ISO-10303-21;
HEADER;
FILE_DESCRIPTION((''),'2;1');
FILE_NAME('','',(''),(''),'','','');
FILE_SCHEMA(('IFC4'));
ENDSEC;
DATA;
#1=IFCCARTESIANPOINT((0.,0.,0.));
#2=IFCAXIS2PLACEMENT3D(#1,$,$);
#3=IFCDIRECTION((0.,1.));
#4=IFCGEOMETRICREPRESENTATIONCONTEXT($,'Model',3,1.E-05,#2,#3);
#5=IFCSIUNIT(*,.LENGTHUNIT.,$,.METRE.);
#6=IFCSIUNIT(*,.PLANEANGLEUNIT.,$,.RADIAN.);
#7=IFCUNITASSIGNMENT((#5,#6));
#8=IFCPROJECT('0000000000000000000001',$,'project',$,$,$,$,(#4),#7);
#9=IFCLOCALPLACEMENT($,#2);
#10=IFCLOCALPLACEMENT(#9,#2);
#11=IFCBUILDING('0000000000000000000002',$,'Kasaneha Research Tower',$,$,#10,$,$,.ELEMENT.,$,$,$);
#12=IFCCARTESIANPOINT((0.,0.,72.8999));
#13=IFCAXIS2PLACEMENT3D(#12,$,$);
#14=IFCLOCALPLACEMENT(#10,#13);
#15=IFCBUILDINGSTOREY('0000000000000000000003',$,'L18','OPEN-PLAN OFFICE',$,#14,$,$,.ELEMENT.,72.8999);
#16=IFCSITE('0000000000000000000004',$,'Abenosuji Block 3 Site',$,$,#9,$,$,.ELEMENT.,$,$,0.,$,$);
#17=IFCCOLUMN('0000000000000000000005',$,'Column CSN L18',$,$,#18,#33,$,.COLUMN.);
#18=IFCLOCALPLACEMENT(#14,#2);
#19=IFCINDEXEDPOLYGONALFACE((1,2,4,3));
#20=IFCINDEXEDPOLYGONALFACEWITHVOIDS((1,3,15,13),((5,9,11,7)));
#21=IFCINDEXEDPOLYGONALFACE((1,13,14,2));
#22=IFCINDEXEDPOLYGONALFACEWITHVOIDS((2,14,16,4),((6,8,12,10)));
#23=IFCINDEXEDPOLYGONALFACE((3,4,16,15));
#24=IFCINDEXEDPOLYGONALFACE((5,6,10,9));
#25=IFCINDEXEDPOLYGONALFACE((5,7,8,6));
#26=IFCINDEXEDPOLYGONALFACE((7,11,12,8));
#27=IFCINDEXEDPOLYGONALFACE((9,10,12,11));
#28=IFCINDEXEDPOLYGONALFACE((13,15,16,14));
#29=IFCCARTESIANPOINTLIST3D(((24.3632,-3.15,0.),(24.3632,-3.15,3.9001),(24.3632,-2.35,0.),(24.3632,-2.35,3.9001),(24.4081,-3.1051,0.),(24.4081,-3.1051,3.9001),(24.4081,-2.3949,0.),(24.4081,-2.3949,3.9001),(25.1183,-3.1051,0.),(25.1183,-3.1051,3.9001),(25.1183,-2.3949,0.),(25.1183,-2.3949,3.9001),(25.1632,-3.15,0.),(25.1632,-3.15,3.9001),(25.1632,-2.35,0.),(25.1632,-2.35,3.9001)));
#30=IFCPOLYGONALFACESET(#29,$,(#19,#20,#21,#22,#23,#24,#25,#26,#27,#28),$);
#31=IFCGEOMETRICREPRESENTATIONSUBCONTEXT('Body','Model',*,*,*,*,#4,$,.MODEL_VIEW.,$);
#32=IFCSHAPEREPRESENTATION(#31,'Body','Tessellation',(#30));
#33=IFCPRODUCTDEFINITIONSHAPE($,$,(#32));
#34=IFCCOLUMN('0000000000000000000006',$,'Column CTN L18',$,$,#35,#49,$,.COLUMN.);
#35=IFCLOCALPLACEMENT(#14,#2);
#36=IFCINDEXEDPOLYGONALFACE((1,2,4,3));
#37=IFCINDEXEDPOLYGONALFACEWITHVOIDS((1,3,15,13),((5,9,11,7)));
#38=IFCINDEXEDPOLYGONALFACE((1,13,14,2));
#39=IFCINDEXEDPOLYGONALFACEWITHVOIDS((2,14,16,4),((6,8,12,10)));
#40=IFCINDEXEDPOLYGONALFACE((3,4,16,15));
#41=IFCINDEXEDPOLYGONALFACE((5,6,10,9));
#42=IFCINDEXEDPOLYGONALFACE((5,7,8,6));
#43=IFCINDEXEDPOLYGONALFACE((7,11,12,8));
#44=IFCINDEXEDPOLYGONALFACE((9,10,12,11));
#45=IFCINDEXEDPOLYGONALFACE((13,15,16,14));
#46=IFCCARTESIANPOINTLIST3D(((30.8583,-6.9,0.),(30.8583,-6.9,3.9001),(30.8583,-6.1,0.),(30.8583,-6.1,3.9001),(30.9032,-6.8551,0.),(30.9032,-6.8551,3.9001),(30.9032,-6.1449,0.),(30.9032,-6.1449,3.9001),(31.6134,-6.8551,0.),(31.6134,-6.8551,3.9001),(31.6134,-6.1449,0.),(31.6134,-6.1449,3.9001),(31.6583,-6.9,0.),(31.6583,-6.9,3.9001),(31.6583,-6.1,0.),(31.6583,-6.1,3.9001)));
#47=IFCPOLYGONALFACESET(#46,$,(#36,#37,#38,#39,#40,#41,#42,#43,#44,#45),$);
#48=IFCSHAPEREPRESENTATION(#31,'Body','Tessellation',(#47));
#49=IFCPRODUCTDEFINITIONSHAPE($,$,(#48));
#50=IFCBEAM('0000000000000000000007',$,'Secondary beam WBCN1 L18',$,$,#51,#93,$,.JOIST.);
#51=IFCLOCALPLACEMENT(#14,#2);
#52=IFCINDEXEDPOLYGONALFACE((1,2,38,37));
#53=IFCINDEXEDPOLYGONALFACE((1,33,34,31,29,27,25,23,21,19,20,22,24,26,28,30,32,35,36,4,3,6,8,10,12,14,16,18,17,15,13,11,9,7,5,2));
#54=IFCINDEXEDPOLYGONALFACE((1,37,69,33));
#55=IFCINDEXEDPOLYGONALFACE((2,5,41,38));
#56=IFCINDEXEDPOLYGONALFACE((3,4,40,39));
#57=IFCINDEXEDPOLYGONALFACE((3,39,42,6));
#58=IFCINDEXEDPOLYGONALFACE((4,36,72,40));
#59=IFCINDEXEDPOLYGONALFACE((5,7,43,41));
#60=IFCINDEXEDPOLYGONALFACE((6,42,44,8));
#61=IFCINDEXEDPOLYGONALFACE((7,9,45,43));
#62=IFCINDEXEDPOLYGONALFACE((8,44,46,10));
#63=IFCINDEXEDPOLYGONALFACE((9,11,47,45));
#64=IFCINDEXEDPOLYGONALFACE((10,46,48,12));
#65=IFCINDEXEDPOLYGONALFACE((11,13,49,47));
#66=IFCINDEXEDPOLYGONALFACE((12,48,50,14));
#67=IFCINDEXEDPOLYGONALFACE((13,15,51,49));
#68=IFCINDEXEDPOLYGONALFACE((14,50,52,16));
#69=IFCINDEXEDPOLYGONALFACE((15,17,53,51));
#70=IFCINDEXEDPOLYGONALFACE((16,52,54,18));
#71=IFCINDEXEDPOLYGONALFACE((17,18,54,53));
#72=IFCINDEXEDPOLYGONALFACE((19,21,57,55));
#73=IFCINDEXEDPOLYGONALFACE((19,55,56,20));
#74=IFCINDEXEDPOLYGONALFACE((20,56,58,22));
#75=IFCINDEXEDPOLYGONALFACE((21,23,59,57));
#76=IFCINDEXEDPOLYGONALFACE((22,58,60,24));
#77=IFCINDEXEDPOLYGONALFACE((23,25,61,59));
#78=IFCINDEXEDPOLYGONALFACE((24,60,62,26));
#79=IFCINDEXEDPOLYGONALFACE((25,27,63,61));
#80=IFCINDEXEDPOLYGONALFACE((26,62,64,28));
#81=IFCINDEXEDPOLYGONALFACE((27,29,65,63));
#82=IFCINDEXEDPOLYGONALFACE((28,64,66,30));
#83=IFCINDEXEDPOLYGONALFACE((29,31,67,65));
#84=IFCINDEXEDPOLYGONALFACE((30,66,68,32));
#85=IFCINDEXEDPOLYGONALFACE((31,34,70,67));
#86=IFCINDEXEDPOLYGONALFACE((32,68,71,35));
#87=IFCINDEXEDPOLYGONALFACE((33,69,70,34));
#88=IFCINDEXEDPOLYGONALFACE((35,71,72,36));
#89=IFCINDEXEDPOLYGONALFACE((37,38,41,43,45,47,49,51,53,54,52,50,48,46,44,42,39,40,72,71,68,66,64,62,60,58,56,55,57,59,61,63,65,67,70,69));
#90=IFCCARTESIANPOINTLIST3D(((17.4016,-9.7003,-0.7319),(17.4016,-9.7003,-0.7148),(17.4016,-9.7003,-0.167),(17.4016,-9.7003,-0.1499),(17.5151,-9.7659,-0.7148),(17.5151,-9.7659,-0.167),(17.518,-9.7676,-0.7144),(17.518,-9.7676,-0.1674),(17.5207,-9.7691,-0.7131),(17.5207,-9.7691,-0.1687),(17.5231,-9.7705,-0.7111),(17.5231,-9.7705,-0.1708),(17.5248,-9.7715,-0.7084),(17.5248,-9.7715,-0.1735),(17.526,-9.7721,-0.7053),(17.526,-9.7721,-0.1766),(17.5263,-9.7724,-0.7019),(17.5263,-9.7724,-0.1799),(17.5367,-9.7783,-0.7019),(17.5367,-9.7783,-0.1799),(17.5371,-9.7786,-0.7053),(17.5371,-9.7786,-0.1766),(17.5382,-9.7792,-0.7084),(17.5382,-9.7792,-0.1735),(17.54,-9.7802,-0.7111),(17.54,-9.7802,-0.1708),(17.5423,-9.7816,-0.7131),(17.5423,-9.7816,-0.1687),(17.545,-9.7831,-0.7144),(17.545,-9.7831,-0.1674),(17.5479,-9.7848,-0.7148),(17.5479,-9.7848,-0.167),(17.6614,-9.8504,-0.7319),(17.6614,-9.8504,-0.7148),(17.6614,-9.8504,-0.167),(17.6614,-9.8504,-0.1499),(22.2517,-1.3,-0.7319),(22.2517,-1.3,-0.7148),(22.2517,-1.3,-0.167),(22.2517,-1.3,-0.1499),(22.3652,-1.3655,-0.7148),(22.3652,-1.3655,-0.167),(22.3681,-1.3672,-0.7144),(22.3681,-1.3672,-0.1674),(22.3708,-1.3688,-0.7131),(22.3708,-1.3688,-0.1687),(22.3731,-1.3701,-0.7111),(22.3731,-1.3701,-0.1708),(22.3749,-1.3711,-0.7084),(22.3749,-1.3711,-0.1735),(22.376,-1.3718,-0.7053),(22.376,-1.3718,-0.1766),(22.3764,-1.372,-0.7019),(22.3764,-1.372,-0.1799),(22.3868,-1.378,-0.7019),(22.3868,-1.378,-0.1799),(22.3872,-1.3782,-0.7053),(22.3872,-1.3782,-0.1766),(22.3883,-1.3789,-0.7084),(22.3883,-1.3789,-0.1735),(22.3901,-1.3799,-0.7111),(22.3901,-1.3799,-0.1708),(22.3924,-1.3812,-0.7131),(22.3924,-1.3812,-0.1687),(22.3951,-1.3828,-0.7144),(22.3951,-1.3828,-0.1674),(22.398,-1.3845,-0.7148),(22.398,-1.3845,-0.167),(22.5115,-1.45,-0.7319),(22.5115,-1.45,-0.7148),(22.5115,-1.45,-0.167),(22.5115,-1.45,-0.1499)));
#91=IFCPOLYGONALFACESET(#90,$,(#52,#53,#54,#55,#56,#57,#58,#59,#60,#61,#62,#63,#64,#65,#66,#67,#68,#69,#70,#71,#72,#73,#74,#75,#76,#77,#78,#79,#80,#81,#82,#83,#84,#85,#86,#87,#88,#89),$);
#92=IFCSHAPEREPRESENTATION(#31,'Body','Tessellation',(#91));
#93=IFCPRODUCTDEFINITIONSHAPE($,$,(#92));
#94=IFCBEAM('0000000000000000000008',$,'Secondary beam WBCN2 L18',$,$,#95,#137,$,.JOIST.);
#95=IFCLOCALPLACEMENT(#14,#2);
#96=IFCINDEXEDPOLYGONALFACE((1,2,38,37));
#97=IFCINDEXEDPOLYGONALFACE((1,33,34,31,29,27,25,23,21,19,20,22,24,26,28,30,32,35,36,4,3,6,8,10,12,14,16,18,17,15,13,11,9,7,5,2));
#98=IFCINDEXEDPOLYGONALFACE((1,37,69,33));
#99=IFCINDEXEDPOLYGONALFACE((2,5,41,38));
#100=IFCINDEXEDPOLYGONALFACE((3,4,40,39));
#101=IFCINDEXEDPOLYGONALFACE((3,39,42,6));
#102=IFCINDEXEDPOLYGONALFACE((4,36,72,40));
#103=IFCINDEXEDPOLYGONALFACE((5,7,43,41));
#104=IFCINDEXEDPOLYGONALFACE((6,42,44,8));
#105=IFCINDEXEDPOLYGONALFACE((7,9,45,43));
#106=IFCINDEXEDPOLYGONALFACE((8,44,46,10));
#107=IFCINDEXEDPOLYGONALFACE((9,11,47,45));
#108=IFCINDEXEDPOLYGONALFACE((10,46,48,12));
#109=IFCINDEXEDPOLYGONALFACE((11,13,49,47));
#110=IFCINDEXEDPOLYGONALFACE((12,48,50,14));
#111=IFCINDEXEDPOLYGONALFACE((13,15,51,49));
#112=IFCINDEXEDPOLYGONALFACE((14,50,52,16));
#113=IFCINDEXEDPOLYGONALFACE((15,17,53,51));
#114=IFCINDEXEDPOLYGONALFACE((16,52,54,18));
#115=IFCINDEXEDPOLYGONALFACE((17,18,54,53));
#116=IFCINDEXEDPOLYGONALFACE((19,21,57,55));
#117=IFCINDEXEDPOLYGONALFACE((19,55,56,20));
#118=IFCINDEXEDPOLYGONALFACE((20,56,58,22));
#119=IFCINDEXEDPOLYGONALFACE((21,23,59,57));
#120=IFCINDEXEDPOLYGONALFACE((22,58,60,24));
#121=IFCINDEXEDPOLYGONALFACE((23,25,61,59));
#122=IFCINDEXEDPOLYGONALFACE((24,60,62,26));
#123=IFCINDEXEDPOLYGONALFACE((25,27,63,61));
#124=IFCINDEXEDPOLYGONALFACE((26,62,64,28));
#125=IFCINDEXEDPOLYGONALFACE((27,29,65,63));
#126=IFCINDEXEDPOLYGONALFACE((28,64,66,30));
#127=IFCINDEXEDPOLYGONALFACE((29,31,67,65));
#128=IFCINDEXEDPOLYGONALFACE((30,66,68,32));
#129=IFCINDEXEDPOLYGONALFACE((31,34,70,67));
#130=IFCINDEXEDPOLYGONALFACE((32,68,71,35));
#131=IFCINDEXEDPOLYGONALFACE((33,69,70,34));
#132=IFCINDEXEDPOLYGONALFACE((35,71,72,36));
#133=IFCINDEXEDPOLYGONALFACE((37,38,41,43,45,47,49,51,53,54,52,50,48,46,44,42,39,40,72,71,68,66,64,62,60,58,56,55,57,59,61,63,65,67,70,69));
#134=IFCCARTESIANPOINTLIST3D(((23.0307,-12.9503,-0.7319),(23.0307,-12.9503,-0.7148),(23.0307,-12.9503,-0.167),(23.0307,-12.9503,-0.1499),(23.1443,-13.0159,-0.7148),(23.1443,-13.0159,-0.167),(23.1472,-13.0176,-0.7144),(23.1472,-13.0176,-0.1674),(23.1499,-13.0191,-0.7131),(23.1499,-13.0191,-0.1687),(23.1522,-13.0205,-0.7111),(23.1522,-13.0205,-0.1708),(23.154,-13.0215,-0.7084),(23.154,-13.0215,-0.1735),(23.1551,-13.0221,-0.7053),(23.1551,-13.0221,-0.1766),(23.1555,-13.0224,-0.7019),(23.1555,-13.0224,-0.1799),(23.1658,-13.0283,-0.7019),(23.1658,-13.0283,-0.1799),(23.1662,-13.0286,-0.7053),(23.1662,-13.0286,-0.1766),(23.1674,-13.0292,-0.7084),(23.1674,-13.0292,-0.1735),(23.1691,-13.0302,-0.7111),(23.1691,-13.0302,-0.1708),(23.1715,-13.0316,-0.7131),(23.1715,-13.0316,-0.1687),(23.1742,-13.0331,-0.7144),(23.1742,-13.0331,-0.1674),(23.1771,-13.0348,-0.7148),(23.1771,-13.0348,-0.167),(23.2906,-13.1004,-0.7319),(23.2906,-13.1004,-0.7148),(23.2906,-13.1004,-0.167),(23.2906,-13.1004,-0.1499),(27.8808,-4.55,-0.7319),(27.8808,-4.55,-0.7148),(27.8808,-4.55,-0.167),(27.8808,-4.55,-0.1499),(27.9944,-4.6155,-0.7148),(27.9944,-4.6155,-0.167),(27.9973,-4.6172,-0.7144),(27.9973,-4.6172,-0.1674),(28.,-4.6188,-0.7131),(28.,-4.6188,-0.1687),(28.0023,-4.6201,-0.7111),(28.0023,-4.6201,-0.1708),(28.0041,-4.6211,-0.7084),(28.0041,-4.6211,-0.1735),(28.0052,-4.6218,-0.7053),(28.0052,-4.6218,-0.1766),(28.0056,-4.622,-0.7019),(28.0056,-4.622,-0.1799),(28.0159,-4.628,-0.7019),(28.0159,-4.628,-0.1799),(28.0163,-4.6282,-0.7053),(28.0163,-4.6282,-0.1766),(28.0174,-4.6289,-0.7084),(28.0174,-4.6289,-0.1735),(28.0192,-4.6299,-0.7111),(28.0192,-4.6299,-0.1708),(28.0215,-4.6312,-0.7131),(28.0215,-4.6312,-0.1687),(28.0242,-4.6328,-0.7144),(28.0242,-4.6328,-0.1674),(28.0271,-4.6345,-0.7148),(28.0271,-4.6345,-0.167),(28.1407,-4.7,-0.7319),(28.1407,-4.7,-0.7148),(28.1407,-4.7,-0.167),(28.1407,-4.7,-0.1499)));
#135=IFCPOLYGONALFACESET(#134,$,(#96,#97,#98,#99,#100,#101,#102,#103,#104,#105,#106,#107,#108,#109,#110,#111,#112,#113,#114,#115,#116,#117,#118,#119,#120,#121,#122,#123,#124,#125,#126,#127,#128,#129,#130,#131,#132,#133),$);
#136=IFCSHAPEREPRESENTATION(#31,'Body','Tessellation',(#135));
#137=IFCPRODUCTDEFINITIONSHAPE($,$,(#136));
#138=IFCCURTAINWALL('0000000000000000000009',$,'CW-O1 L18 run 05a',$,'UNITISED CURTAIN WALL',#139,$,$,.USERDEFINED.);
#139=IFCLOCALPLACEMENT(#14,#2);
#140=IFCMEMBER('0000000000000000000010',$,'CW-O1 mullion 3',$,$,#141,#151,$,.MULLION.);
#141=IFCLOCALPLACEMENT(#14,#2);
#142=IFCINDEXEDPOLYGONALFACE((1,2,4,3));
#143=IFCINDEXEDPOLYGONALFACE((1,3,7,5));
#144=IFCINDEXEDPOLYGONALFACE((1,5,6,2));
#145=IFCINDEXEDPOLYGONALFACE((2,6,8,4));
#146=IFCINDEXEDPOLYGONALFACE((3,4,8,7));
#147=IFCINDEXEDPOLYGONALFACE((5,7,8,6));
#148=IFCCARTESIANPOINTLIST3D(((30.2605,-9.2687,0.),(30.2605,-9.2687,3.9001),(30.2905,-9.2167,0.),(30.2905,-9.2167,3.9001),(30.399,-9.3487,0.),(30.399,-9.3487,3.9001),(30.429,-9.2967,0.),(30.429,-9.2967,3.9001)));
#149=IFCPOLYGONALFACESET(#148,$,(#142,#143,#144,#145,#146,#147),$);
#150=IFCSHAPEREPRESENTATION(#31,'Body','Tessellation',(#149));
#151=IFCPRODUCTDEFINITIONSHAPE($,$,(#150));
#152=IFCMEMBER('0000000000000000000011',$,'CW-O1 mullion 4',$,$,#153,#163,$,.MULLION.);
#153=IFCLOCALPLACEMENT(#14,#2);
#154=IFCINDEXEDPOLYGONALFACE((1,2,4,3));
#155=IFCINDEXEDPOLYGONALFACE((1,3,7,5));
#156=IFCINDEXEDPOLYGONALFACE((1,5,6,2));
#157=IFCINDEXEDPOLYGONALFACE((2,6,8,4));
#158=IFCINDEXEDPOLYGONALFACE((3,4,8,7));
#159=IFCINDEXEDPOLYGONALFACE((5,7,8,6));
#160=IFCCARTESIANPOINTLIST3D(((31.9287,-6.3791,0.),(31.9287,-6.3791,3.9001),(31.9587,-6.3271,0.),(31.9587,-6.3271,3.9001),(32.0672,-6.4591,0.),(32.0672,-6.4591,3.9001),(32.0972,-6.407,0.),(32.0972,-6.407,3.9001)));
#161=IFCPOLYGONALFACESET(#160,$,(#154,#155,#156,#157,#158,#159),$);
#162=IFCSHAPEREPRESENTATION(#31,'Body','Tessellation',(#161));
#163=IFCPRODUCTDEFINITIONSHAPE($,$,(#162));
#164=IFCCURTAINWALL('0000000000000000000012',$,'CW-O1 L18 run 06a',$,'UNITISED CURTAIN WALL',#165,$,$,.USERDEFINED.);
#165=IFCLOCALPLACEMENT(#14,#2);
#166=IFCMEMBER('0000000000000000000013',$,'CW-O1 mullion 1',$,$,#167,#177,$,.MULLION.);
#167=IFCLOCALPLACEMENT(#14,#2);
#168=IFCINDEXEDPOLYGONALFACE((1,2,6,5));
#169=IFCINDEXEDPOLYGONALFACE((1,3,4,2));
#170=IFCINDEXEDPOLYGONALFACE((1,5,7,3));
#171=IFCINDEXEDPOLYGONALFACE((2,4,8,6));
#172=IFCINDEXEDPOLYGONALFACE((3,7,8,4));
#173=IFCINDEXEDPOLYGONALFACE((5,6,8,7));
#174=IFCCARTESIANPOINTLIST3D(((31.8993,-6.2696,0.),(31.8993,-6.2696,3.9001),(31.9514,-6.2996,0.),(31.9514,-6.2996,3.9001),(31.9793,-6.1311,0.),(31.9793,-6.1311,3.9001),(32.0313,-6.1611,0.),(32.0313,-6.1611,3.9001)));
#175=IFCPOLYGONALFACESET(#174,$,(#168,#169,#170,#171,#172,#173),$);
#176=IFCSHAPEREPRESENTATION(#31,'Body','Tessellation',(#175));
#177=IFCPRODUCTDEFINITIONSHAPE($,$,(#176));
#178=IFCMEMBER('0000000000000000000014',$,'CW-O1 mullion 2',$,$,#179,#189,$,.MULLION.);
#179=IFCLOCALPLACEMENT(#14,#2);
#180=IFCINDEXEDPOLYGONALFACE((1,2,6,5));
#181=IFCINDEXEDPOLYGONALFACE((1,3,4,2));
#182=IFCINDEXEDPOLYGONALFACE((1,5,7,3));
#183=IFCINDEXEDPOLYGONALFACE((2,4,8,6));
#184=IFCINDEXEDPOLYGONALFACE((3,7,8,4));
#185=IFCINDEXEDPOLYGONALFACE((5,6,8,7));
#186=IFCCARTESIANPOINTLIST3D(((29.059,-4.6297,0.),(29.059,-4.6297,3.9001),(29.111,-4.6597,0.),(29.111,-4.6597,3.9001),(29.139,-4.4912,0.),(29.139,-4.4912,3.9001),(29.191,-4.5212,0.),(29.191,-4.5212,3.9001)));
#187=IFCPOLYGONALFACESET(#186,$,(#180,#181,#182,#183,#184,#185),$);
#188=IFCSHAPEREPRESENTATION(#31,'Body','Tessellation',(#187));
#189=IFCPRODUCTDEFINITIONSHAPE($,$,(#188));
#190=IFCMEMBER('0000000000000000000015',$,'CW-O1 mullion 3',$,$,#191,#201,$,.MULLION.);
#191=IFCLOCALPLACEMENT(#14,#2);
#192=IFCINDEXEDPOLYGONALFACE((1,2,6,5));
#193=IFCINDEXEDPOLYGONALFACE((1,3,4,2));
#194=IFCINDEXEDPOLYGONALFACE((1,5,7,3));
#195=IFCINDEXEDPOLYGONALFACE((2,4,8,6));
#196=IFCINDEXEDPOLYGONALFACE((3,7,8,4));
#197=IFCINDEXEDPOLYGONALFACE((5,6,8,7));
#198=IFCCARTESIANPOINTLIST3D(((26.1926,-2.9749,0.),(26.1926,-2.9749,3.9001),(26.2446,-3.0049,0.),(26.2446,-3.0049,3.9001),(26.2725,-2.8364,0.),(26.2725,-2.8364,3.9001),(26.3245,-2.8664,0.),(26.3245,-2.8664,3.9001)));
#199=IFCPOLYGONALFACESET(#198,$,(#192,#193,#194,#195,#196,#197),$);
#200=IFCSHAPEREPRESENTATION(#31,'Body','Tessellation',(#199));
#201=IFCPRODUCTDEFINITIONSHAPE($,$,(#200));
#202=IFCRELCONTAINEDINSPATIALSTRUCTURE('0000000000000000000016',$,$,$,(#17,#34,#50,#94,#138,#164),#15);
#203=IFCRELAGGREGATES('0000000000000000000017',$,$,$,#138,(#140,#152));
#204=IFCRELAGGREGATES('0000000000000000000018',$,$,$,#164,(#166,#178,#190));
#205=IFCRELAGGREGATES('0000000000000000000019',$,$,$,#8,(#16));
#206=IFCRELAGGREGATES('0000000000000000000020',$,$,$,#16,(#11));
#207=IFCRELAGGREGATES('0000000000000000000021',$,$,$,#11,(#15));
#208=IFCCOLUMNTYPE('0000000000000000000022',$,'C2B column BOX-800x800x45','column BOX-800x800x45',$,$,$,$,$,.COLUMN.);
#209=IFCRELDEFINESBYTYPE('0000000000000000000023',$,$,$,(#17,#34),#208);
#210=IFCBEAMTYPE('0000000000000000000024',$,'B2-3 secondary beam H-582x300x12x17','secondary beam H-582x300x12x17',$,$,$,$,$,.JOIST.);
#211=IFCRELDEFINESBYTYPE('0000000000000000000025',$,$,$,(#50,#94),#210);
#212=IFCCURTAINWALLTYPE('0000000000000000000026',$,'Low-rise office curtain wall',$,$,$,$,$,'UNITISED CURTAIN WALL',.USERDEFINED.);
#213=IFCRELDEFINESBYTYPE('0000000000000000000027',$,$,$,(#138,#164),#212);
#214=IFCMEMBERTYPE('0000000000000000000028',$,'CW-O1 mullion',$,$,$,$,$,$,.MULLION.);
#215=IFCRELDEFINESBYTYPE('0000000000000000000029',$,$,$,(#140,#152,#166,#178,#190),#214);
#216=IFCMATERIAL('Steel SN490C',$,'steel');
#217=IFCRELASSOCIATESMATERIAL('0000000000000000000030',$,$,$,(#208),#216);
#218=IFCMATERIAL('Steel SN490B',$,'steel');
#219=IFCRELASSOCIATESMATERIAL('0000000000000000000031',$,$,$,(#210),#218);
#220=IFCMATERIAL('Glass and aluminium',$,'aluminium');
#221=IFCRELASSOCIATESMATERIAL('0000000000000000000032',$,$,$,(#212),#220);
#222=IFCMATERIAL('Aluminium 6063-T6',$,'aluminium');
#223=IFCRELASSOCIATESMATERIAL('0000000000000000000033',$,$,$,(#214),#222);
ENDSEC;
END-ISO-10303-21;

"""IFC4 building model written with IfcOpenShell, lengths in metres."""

from ifc_helpers import new_model, si_unit, direction, frame, origin, origin_2d, place, context, subcontext, project, spatial, rectangle, hollow_rectangle, i_section, extrude, material, material_profile, profile_set, type_object, element, aggregate, save


model = new_model("IFC4")

# Units and contexts
model_context = context("Model", 3, precision=1e-05, world=origin(), true_north=direction((0.0, 1.0)))
body_context = subcontext(model_context, "Body", "Model", "MODEL_VIEW")
ifc_project = project(units=[si_unit("LENGTHUNIT", "METRE"), si_unit("PLANEANGLEUNIT", "RADIAN")], contexts=[model_context])

# Site, building, storey
site_placement = place(None, origin())
site = spatial("IfcSite", under=ifc_project, at=site_placement, Name="Abenosuji Block 3 Site", CompositionType="ELEMENT", RefElevation=0.0)
building_placement = place(site_placement, origin())
building = spatial("IfcBuilding", under=site, at=building_placement, Name="Kasaneha Research Tower", CompositionType="ELEMENT")
storey_placement = place(building_placement, frame((0.0, 0.0, 72.8999)))
storey = spatial("IfcBuildingStorey", under=building, at=storey_placement, Name="L18", Description="OPEN-PLAN OFFICE", CompositionType="ELEMENT", Elevation=72.8999)

# Columns
ifc_material_1 = material(Name="Steel SN490C", Category="steel")
ifc_material_profile_1 = material_profile(ifc_material_1, hollow_rectangle(XDim=0.8, YDim=0.8, WallThickness=0.0449, at=origin_2d()), Name="BOX-800x800x45")
ifc_profile_set_1 = profile_set([ifc_material_profile_1], Name="Steel SN490C")
column_type = type_object("IfcColumnType", Name="C2B column BOX-800x800x45", Description="column BOX-800x800x45", PredefinedType="COLUMN", material=ifc_profile_set_1)
for number, where, z_axis, x_axis, name in (
    (1, (24.7632, -2.75, 0.0), (0.0, 0.0, 1.0), (1.0, 0.0, 0.0), "Column CSN L18"),
    (2, (31.2583, -6.5, 0.0), (0.0, 0.0, 1.0), (1.0, 0.0, 0.0), "Column CTN L18"),
):
    element("IfcColumn", number, at=place(storey_placement, frame(where, z_axis=z_axis, x_axis=x_axis)), inside=storey, type_object=column_type, Name=name, PredefinedType="COLUMN", context=body_context, shape_type="SweptSolid", body=[
        extrude(hollow_rectangle(XDim=0.8, YDim=0.8, WallThickness=0.0449, at=origin_2d()), origin(), (0.0, 0.0, 1.0), 3.9001),
    ])

# Beams
ifc_material_2 = material(Name="Steel SN490B", Category="steel")
ifc_material_profile_2 = material_profile(ifc_material_2, i_section(OverallWidth=0.3, OverallDepth=0.582, WebThickness=0.012, FlangeThickness=0.0171, FilletRadius=0.0129, at=origin_2d()), Name="H-582x300x12x17")
ifc_profile_set_2 = profile_set([ifc_material_profile_2], Name="Steel SN490B")
beam_type_1 = type_object("IfcBeamType", Name="B2-3 secondary beam H-582x300x12x17", Description="secondary beam H-582x300x12x17", PredefinedType="JOIST", material=ifc_profile_set_2)
for number, where, z_axis, x_axis, name in (
    (3, (22.3816, -1.375, -0.4409), (-0.50001, -0.86602, 0.0), (0.86602, -0.50001, 0.0), "Secondary beam WBCN1 L18"),
    (4, (28.0107, -4.625, -0.4409), (-0.50001, -0.86602, 0.0), (0.86602, -0.50001, 0.0), "Secondary beam WBCN2 L18"),
):
    element("IfcBeam", number, at=place(storey_placement, frame(where, z_axis=z_axis, x_axis=x_axis)), inside=storey, type_object=beam_type_1, Name=name, PredefinedType="JOIST", context=body_context, shape_type="SweptSolid", body=[
        extrude(i_section(OverallWidth=0.3, OverallDepth=0.582, WebThickness=0.012, FlangeThickness=0.0171, FilletRadius=0.0129, at=origin_2d()), origin(), (0.0, 0.0, 1.0), 9.7),
    ])

# Curtain walls, members
ifc_material_3 = material(Name="Glass and aluminium", Category="aluminium")
curtain_wall_type = type_object("IfcCurtainWallType", Name="Low-rise office curtain wall", ElementType="UNITISED CURTAIN WALL", PredefinedType="USERDEFINED", material=ifc_material_3)
curtain_wall_1_placement = place(storey_placement, origin())
curtain_wall_1 = element("IfcCurtainWall", 5, at=curtain_wall_1_placement, inside=storey, type_object=curtain_wall_type, Name="CW-O1 L18 run 05a", ObjectType="UNITISED CURTAIN WALL", PredefinedType="USERDEFINED")
ifc_material_4 = material(Name="Aluminium 6063-T6", Category="aluminium")
ifc_material_profile_3 = material_profile(ifc_material_4, rectangle(XDim=0.0601, YDim=0.1599, at=origin_2d()), Name="CW-O1 mullion 60x160")
ifc_profile_set_3 = profile_set([ifc_material_profile_3], Name="Aluminium 6063-T6")
member_type_1 = type_object("IfcMemberType", Name="CW-O1 mullion", PredefinedType="MULLION", material=ifc_profile_set_3)
member_1_placement = place(storey_placement, frame((30.3447, -9.2827, 0.0), z_axis=(0.0, 0.0, 1.0), x_axis=(0.5, 0.866025, 0.0)))
member_1 = element("IfcMember", 6, at=member_1_placement, type_object=member_type_1, Name="CW-O1 mullion 3", PredefinedType="MULLION", context=body_context, shape_type="SweptSolid", body=[
    extrude(rectangle(XDim=0.0601, YDim=0.1599, at=origin_2d()), origin(), (0.0, 0.0, 1.0), 3.9001),
])
member_2_placement = place(storey_placement, frame((32.0129, -6.3931, 0.0), z_axis=(0.0, 0.0, 1.0), x_axis=(0.5, 0.866025, 0.0)))
member_2 = element("IfcMember", 7, at=member_2_placement, type_object=member_type_1, Name="CW-O1 mullion 4", PredefinedType="MULLION", context=body_context, shape_type="SweptSolid", body=[
    extrude(rectangle(XDim=0.0601, YDim=0.1599, at=origin_2d()), origin(), (0.0, 0.0, 1.0), 3.9001),
])
curtain_wall_2_placement = place(storey_placement, origin())
curtain_wall_2 = element("IfcCurtainWall", 8, at=curtain_wall_2_placement, inside=storey, type_object=curtain_wall_type, Name="CW-O1 L18 run 06a", ObjectType="UNITISED CURTAIN WALL", PredefinedType="USERDEFINED")
member_3_placement = place(storey_placement, frame((31.9653, -6.2153, 0.0), z_axis=(0.0, 0.0, 1.0), x_axis=(-0.866025, 0.5, 0.0)))
member_3 = element("IfcMember", 9, at=member_3_placement, type_object=member_type_1, Name="CW-O1 mullion 1", PredefinedType="MULLION", context=body_context, shape_type="SweptSolid", body=[
    extrude(rectangle(XDim=0.0601, YDim=0.1599, at=origin_2d()), origin(), (0.0, 0.0, 1.0), 3.9001),
])
member_4_placement = place(storey_placement, frame((29.125, -4.5754, 0.0), z_axis=(0.0, 0.0, 1.0), x_axis=(-0.866025, 0.5, 0.0)))
member_4 = element("IfcMember", 10, at=member_4_placement, type_object=member_type_1, Name="CW-O1 mullion 2", PredefinedType="MULLION", context=body_context, shape_type="SweptSolid", body=[
    extrude(rectangle(XDim=0.0601, YDim=0.1599, at=origin_2d()), origin(), (0.0, 0.0, 1.0), 3.9001),
])
member_5_placement = place(storey_placement, frame((26.2585, -2.9207, 0.0), z_axis=(0.0, 0.0, 1.0), x_axis=(-0.866025, 0.5, 0.0)))
member_5 = element("IfcMember", 11, at=member_5_placement, type_object=member_type_1, Name="CW-O1 mullion 3", PredefinedType="MULLION", context=body_context, shape_type="SweptSolid", body=[
    extrude(rectangle(XDim=0.0601, YDim=0.1599, at=origin_2d()), origin(), (0.0, 0.0, 1.0), 3.9001),
])

aggregate(curtain_wall_1, [member_1, member_2])
aggregate(curtain_wall_2, [member_3, member_4, member_5])

save(model, "model.ifc")
